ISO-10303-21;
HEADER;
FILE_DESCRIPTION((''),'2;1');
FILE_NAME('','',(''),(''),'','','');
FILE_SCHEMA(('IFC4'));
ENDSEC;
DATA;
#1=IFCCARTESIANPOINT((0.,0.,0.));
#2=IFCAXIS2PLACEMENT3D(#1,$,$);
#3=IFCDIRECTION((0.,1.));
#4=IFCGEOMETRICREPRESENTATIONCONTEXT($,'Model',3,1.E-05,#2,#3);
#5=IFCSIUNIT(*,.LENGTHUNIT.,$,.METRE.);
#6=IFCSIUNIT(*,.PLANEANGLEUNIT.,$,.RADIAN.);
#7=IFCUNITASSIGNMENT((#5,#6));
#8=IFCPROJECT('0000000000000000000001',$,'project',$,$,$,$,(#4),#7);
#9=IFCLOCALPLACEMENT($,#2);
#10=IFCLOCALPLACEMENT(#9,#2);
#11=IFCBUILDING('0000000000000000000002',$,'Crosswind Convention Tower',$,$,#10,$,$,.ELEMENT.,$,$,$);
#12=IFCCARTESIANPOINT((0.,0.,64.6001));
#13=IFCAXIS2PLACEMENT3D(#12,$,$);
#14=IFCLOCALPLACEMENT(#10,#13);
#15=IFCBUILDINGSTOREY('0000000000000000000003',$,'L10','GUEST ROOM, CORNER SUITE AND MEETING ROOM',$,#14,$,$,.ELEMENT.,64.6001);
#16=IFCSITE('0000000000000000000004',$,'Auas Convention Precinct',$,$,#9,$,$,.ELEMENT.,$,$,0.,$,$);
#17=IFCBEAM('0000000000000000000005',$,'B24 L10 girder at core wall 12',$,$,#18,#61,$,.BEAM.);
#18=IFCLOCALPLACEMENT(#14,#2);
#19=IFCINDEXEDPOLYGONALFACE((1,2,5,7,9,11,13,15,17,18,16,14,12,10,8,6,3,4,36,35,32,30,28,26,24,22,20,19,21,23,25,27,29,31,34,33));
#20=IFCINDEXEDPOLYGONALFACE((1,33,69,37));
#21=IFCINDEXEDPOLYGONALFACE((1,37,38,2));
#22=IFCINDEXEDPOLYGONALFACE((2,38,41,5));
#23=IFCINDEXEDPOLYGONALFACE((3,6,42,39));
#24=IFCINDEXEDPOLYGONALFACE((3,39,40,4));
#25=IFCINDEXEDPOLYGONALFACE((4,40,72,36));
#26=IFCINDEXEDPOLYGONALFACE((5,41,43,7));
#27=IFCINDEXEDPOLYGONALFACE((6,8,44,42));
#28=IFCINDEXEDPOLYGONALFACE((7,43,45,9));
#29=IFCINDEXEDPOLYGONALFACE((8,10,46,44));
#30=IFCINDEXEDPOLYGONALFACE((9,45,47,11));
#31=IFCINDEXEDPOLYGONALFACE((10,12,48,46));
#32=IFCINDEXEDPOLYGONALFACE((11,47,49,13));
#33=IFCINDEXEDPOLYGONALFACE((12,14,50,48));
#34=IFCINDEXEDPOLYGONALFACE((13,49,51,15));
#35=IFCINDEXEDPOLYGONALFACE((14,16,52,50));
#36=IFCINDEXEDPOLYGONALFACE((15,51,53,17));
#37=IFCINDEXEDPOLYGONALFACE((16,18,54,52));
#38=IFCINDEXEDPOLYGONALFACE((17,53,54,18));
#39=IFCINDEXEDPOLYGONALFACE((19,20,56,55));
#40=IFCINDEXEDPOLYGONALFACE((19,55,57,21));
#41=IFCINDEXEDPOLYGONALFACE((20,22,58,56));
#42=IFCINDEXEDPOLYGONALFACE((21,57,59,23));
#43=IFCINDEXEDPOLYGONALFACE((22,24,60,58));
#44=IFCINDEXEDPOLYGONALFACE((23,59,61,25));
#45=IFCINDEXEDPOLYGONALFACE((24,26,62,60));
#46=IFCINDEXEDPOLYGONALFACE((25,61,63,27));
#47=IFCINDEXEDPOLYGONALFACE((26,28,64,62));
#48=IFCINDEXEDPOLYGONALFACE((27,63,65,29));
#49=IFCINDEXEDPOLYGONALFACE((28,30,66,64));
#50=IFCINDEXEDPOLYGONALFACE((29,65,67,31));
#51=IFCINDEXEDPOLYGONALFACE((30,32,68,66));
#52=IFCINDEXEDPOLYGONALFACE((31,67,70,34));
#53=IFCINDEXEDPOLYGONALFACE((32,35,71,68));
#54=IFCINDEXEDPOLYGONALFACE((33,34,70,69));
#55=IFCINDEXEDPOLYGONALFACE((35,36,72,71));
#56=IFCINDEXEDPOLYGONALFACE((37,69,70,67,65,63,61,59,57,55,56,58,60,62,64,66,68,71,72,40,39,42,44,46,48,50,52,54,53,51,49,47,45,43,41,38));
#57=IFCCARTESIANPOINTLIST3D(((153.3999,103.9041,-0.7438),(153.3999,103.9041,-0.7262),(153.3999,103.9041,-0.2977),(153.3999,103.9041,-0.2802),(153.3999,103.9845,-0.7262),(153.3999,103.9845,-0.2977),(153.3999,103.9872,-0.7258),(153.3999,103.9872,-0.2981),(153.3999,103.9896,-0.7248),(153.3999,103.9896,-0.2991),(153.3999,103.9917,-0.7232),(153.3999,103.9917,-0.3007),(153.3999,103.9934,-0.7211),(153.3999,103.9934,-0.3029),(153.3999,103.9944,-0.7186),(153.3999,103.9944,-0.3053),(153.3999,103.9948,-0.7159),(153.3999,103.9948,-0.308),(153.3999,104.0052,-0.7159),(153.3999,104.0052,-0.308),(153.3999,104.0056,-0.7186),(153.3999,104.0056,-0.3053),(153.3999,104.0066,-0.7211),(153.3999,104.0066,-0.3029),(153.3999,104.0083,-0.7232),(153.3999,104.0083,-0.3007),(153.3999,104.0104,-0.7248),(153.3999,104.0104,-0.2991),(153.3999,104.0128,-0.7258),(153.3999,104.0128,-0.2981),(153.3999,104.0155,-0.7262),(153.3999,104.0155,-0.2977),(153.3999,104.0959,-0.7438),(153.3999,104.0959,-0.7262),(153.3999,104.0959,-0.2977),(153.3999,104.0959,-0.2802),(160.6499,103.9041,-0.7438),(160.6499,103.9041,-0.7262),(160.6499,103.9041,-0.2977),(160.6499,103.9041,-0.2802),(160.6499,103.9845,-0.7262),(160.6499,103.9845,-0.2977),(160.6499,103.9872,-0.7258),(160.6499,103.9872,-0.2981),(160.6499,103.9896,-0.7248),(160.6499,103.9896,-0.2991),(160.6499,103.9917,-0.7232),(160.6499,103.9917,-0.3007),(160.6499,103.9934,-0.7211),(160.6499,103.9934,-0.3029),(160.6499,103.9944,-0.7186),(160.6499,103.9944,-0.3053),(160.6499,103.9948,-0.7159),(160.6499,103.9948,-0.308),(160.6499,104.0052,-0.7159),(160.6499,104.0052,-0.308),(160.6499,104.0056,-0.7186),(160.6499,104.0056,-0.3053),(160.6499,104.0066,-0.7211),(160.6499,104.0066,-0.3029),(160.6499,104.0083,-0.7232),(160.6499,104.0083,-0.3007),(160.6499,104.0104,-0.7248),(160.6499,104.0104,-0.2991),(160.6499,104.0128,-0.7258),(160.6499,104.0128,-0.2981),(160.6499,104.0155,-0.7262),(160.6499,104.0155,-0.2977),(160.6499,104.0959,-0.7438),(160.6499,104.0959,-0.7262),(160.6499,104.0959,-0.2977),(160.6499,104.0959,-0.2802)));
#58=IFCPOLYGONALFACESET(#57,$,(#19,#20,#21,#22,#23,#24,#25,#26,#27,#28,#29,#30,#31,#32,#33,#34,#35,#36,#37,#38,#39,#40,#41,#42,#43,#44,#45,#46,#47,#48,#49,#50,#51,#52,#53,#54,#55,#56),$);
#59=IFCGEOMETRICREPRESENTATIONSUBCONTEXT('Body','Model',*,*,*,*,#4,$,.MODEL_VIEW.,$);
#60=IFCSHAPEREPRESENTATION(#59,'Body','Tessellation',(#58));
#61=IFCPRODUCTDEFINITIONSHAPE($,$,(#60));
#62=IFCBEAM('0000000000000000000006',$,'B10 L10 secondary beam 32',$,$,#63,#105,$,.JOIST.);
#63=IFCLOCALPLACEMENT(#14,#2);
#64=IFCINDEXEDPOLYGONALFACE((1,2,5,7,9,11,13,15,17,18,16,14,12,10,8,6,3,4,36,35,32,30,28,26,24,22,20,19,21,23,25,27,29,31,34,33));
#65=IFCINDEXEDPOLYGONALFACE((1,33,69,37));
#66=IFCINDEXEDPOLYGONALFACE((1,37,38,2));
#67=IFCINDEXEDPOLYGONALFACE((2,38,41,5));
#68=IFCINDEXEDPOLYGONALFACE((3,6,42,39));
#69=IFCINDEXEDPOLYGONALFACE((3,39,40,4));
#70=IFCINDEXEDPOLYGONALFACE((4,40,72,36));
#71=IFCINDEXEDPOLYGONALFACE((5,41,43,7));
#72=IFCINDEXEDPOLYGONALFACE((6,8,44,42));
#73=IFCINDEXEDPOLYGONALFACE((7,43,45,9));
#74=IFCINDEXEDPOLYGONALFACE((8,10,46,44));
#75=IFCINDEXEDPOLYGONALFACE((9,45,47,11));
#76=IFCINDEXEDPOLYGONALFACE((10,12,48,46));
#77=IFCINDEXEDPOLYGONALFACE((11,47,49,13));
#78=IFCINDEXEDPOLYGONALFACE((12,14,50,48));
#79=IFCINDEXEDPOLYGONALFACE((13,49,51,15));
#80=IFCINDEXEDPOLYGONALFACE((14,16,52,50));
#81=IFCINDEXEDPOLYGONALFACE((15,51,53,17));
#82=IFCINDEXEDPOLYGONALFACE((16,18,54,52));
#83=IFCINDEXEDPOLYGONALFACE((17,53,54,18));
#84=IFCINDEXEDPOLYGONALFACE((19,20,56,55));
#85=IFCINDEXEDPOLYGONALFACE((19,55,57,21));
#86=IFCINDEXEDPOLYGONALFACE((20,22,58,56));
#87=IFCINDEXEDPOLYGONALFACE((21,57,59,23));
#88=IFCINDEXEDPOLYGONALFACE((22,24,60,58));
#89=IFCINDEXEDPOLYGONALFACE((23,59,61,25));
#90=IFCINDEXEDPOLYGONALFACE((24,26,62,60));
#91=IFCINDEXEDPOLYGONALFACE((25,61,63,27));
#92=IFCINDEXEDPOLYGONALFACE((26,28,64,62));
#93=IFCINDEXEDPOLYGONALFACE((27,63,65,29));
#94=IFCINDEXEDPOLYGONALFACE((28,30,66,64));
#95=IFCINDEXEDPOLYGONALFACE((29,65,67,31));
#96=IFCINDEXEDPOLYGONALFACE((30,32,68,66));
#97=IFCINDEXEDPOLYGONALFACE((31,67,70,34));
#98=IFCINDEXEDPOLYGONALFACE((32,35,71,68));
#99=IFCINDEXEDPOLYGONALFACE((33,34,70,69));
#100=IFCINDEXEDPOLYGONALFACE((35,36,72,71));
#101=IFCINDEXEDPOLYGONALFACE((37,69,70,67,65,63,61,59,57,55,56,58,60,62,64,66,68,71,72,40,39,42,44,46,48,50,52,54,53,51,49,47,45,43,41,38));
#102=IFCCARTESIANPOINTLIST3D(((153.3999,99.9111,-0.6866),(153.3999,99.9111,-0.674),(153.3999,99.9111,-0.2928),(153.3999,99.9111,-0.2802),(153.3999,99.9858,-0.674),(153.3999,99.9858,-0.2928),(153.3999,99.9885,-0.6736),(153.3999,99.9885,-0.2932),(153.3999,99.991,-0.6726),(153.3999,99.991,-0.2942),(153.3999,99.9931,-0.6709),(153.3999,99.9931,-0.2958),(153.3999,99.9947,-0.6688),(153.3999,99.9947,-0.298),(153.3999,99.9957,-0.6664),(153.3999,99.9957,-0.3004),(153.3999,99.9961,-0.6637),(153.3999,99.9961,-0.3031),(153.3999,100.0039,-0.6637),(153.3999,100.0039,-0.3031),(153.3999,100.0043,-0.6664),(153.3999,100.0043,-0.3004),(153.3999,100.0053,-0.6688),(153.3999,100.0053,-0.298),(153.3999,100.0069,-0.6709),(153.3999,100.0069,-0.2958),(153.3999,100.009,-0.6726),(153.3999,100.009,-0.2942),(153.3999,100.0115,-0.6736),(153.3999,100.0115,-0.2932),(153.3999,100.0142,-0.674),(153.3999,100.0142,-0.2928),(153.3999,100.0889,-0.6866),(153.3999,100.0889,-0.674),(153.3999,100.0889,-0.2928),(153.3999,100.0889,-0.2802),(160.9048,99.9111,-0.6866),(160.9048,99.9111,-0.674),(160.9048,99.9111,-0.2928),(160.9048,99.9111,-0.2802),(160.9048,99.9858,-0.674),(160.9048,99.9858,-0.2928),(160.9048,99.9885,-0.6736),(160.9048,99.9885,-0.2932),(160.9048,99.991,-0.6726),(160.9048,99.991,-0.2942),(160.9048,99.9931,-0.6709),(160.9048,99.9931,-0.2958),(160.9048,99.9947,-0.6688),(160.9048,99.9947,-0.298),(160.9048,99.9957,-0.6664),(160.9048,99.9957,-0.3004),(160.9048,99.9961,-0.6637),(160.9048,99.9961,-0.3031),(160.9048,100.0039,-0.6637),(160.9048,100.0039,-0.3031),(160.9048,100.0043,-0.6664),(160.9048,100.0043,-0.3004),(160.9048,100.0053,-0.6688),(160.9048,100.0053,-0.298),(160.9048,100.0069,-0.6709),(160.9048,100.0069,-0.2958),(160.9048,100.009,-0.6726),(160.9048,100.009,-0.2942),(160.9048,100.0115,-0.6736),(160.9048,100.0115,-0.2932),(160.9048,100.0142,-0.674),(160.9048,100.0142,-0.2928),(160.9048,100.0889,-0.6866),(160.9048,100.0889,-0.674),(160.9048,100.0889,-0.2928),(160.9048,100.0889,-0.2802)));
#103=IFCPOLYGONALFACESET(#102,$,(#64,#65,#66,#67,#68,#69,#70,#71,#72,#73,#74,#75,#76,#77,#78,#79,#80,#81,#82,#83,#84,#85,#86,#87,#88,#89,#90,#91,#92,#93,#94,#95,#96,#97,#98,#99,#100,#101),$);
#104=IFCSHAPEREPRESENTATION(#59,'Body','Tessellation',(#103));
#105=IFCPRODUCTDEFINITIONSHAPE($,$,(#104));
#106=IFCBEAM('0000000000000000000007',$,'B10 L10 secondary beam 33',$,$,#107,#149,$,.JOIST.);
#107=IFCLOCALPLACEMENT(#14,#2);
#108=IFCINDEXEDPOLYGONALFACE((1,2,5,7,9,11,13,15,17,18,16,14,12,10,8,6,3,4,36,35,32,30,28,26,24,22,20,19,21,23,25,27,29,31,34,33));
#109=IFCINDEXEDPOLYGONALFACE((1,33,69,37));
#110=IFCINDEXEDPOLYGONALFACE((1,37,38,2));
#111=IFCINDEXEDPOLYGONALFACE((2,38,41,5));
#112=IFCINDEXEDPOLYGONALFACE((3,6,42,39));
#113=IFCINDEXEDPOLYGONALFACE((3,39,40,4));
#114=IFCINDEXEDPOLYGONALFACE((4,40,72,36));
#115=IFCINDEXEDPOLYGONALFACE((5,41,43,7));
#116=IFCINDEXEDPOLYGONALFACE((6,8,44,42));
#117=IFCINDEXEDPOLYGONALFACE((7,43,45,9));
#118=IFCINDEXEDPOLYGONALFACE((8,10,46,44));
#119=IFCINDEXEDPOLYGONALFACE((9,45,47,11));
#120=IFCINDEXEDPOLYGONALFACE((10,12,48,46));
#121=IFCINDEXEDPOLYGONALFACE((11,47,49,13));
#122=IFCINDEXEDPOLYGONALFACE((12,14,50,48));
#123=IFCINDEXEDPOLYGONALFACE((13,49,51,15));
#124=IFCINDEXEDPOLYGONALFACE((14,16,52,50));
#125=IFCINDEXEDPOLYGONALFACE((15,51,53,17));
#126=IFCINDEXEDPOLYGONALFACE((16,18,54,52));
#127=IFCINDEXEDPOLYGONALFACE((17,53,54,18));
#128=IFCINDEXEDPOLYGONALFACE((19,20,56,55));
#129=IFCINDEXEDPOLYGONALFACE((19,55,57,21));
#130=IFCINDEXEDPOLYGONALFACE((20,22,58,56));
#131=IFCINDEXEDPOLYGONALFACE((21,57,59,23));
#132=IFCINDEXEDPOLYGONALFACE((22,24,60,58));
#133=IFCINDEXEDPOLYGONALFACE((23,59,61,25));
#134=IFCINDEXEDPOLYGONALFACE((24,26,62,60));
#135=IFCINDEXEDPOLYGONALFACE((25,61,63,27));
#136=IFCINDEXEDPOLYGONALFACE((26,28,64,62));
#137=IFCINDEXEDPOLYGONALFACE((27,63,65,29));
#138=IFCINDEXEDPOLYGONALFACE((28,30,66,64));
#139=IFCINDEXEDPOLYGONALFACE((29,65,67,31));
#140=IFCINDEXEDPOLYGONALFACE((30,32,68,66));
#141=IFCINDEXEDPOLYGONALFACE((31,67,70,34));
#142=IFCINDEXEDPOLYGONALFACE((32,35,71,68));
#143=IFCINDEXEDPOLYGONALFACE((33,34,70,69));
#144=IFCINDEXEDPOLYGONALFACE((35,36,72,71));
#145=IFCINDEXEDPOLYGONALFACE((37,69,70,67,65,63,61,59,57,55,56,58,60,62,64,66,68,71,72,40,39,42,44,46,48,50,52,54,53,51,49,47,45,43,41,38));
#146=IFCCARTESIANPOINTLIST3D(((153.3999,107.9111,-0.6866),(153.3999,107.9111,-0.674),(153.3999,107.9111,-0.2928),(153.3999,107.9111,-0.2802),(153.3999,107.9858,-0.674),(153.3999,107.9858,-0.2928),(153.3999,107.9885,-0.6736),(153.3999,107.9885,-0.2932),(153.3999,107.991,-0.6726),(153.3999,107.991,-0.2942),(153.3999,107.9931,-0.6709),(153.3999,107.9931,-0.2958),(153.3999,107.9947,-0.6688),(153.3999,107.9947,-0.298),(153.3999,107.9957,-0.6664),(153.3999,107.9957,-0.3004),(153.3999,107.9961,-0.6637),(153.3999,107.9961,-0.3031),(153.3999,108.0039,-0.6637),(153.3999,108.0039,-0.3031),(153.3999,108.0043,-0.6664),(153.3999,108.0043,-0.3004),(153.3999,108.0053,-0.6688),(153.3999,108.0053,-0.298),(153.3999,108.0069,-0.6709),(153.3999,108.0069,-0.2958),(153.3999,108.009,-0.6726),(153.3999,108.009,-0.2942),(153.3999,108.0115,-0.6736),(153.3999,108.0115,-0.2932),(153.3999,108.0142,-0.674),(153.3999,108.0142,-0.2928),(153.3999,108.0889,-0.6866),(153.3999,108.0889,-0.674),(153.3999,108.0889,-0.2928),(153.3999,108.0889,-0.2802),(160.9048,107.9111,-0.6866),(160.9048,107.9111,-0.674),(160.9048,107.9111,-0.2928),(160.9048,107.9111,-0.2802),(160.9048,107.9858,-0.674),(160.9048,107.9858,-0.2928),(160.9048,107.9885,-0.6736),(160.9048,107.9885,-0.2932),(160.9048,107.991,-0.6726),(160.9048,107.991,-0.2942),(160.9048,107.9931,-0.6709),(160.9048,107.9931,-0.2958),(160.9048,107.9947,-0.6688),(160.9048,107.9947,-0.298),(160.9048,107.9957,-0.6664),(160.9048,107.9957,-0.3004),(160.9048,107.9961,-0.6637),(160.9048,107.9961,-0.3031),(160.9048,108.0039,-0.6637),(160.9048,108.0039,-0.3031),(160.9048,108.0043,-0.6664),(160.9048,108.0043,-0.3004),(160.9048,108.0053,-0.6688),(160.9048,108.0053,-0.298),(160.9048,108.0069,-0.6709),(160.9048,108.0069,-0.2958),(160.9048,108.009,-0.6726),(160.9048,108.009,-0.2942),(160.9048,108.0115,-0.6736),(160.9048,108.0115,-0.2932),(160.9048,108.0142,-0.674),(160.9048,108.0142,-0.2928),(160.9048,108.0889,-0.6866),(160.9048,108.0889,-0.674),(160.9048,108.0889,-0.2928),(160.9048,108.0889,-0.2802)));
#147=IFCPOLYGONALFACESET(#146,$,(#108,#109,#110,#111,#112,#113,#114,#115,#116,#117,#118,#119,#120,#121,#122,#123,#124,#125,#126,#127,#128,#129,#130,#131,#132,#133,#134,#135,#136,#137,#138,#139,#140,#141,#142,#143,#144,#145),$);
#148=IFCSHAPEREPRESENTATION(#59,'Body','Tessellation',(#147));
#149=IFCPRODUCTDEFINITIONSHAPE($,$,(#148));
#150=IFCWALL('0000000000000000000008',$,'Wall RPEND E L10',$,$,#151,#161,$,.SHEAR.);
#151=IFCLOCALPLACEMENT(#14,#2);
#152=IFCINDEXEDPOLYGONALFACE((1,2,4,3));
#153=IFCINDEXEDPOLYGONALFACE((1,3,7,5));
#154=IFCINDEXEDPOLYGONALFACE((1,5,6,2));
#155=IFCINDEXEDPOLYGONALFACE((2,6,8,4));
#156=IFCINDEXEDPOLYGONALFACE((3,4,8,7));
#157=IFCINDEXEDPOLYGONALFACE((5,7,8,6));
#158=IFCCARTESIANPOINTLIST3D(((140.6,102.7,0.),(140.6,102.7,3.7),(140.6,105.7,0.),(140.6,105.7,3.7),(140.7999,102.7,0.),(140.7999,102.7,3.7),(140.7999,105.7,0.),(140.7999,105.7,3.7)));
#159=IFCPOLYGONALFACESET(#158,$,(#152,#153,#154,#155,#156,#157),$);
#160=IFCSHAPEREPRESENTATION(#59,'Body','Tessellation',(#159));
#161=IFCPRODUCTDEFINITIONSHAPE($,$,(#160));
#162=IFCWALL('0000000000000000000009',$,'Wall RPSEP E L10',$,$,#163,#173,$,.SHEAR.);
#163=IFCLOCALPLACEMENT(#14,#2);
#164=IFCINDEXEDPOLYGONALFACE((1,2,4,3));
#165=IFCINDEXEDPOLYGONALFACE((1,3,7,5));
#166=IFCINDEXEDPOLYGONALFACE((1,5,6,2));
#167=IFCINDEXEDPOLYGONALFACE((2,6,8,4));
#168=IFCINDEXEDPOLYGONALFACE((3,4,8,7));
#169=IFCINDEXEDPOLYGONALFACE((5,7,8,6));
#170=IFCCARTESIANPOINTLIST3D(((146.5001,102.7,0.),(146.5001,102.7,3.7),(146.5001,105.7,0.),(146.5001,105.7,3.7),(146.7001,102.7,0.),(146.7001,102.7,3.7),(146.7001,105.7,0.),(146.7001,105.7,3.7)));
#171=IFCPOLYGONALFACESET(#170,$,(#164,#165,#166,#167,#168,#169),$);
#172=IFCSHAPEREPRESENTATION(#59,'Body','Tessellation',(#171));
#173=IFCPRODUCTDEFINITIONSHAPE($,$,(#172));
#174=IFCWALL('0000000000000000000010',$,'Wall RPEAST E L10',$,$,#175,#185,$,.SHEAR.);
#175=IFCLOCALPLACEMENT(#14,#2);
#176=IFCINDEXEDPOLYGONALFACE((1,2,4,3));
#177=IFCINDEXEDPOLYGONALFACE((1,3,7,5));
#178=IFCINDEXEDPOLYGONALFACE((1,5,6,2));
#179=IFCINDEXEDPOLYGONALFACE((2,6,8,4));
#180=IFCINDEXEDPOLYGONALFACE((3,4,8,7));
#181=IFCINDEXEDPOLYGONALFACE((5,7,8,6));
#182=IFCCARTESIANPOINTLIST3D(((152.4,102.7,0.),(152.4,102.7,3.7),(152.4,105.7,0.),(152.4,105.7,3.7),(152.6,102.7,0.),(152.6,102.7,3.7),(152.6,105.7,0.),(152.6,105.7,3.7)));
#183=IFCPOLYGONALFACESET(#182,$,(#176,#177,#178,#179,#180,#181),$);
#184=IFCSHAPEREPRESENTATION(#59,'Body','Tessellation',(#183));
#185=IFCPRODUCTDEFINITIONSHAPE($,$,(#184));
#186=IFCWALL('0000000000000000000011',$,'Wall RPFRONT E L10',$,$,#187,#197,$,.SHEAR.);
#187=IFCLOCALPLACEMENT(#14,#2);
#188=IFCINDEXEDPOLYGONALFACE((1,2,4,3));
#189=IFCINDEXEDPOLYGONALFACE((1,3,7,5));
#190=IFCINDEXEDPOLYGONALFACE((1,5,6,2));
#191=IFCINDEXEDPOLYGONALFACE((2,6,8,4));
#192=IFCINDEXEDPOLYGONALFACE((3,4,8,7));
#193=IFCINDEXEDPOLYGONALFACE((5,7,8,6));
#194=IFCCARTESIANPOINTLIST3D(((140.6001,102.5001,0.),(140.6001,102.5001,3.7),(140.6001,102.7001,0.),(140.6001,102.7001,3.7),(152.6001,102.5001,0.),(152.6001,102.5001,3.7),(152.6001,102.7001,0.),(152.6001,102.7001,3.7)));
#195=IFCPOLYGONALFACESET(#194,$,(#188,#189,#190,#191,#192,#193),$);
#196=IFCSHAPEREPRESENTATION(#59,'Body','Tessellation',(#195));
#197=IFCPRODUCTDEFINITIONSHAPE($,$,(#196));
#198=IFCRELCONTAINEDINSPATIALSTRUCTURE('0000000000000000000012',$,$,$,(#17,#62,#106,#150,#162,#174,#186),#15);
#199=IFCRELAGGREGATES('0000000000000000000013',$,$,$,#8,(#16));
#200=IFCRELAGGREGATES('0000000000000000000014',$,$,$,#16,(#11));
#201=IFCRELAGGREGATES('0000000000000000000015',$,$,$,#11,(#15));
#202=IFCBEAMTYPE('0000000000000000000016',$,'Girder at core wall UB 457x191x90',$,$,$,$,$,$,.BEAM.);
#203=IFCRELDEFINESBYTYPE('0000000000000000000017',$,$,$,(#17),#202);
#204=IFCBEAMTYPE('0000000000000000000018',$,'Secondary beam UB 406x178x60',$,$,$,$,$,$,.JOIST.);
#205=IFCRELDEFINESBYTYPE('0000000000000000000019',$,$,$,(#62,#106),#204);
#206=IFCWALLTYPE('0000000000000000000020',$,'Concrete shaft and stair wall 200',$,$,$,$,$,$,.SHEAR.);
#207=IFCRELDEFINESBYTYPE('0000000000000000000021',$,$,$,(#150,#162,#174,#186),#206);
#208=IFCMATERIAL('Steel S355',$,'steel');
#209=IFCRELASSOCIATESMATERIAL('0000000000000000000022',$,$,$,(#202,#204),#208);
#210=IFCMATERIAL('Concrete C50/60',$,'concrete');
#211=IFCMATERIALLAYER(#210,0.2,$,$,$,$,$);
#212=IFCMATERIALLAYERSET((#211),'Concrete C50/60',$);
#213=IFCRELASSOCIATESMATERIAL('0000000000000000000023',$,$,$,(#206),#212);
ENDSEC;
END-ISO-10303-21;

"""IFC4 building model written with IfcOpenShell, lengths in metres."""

from ifc_helpers import new_model, si_unit, direction, frame, frame_2d, origin, origin_2d, place, context, subcontext, project, spatial, rectangle, i_section, extrude, material, layer, layer_set, material_profile, profile_set, type_object, element, save


model = new_model("IFC4")

# Units and contexts
model_context = context("Model", 3, precision=1e-05, world=origin(), true_north=direction((0.0, 1.0)))
body_context = subcontext(model_context, "Body", "Model", "MODEL_VIEW")
ifc_project = project(units=[si_unit("LENGTHUNIT", "METRE"), si_unit("PLANEANGLEUNIT", "RADIAN")], contexts=[model_context])

# Site, building, storey
site_placement = place(None, origin())
site = spatial("IfcSite", under=ifc_project, at=site_placement, Name="Auas Convention Precinct", CompositionType="ELEMENT", RefElevation=0.0)
building_placement = place(site_placement, origin())
building = spatial("IfcBuilding", under=site, at=building_placement, Name="Crosswind Convention Tower", CompositionType="ELEMENT")
storey_placement = place(building_placement, frame((0.0, 0.0, 64.6001)))
storey = spatial("IfcBuildingStorey", under=building, at=storey_placement, Name="L10", Description="GUEST ROOM, CORNER SUITE AND MEETING ROOM", CompositionType="ELEMENT", Elevation=64.6001)

# Beams
ifc_material_1 = material(Name="Steel S355", Category="steel")
ifc_material_profile_1 = material_profile(ifc_material_1, i_section(OverallWidth=0.1919, OverallDepth=0.4636, WebThickness=0.0105, FlangeThickness=0.0176, FilletRadius=0.0103, at=origin_2d()), Name="UB 457x191x90")
ifc_profile_set_1 = profile_set([ifc_material_profile_1], Name="Steel S355")
beam_type_1 = type_object("IfcBeamType", Name="Girder at core wall UB 457x191x90", PredefinedType="BEAM", material=ifc_profile_set_1)
beam_placement = place(storey_placement, frame((153.3999, 104.0, -0.512), z_axis=(1.0, 0.0, 0.0), x_axis=(0.0, 1.0, 0.0)))
element("IfcBeam", 1, at=beam_placement, inside=storey, type_object=beam_type_1, Name="B24 L10 girder at core wall 12", PredefinedType="BEAM", context=body_context, shape_type="SweptSolid", body=[
    extrude(i_section(OverallWidth=0.1919, OverallDepth=0.4636, WebThickness=0.0105, FlangeThickness=0.0176, FilletRadius=0.0103, at=origin_2d()), origin(), (0.0, 0.0, 1.0), 7.25),
])
ifc_material_profile_2 = material_profile(ifc_material_1, i_section(OverallWidth=0.1777, OverallDepth=0.4065, WebThickness=0.0078, FlangeThickness=0.0127, FilletRadius=0.0103, at=origin_2d()), Name="UB 406x178x60")
ifc_profile_set_2 = profile_set([ifc_material_profile_2], Name="Steel S355")
beam_type_2 = type_object("IfcBeamType", Name="Secondary beam UB 406x178x60", PredefinedType="JOIST", material=ifc_profile_set_2)
for number, where, z_axis, x_axis, name in (
    (2, (153.3999, 100.0, -0.4834), (1.0, 0.0, 0.0), (0.0, 1.0, 0.0), "B10 L10 secondary beam 32"),
    (3, (153.3999, 108.0, -0.4834), (1.0, 0.0, 0.0), (0.0, 1.0, 0.0), "B10 L10 secondary beam 33"),
):
    element("IfcBeam", number, at=place(storey_placement, frame(where, z_axis=z_axis, x_axis=x_axis)), inside=storey, type_object=beam_type_2, Name=name, PredefinedType="JOIST", context=body_context, shape_type="SweptSolid", body=[
        extrude(i_section(OverallWidth=0.1777, OverallDepth=0.4065, WebThickness=0.0078, FlangeThickness=0.0127, FilletRadius=0.0103, at=origin_2d()), origin(), (0.0, 0.0, 1.0), 7.5049),
    ])

# Walls
ifc_material_2 = material(Name="Concrete C50/60", Category="concrete")
ifc_layer_1 = layer(ifc_material_2, 0.2)
ifc_layer_set_1 = layer_set([ifc_layer_1], Name="Concrete C50/60")
wall_type_1 = type_object("IfcWallType", Name="Concrete shaft and stair wall 200", PredefinedType="SHEAR", material=ifc_layer_set_1)
for number, where, z_axis, x_axis, name in (
    (4, (140.7, 102.7, 0.0), (0.0, 0.0, 1.0), (0.0, 1.0, 0.0), "Wall RPEND E L10"),
    (5, (146.6001, 102.7, 0.0), (0.0, 0.0, 1.0), (0.0, 1.0, 0.0), "Wall RPSEP E L10"),
    (6, (152.5, 102.7, 0.0), (0.0, 0.0, 1.0), (0.0, 1.0, 0.0), "Wall RPEAST E L10"),
):
    element("IfcWall", number, at=place(storey_placement, frame(where, z_axis=z_axis, x_axis=x_axis)), inside=storey, type_object=wall_type_1, Name=name, PredefinedType="SHEAR", context=body_context, shape_type="SweptSolid", body=[
        extrude(rectangle(XDim=3.0, YDim=0.2, at=frame_2d((1.5, 0.0))), origin(), (0.0, 0.0, 1.0), 3.7),
    ])
wall_1_placement = place(storey_placement, frame((140.6001, 102.6001, 0.0), z_axis=(0.0, 0.0, 1.0), x_axis=(1.0, 0.0, 0.0)))
element("IfcWall", 7, at=wall_1_placement, inside=storey, type_object=wall_type_1, Name="Wall RPFRONT E L10", PredefinedType="SHEAR", context=body_context, shape_type="SweptSolid", body=[
    extrude(rectangle(XDim=12.0, YDim=0.2, at=frame_2d((6.0, 0.0))), origin(), (0.0, 0.0, 1.0), 3.7),
])

save(model, "model.ifc")
